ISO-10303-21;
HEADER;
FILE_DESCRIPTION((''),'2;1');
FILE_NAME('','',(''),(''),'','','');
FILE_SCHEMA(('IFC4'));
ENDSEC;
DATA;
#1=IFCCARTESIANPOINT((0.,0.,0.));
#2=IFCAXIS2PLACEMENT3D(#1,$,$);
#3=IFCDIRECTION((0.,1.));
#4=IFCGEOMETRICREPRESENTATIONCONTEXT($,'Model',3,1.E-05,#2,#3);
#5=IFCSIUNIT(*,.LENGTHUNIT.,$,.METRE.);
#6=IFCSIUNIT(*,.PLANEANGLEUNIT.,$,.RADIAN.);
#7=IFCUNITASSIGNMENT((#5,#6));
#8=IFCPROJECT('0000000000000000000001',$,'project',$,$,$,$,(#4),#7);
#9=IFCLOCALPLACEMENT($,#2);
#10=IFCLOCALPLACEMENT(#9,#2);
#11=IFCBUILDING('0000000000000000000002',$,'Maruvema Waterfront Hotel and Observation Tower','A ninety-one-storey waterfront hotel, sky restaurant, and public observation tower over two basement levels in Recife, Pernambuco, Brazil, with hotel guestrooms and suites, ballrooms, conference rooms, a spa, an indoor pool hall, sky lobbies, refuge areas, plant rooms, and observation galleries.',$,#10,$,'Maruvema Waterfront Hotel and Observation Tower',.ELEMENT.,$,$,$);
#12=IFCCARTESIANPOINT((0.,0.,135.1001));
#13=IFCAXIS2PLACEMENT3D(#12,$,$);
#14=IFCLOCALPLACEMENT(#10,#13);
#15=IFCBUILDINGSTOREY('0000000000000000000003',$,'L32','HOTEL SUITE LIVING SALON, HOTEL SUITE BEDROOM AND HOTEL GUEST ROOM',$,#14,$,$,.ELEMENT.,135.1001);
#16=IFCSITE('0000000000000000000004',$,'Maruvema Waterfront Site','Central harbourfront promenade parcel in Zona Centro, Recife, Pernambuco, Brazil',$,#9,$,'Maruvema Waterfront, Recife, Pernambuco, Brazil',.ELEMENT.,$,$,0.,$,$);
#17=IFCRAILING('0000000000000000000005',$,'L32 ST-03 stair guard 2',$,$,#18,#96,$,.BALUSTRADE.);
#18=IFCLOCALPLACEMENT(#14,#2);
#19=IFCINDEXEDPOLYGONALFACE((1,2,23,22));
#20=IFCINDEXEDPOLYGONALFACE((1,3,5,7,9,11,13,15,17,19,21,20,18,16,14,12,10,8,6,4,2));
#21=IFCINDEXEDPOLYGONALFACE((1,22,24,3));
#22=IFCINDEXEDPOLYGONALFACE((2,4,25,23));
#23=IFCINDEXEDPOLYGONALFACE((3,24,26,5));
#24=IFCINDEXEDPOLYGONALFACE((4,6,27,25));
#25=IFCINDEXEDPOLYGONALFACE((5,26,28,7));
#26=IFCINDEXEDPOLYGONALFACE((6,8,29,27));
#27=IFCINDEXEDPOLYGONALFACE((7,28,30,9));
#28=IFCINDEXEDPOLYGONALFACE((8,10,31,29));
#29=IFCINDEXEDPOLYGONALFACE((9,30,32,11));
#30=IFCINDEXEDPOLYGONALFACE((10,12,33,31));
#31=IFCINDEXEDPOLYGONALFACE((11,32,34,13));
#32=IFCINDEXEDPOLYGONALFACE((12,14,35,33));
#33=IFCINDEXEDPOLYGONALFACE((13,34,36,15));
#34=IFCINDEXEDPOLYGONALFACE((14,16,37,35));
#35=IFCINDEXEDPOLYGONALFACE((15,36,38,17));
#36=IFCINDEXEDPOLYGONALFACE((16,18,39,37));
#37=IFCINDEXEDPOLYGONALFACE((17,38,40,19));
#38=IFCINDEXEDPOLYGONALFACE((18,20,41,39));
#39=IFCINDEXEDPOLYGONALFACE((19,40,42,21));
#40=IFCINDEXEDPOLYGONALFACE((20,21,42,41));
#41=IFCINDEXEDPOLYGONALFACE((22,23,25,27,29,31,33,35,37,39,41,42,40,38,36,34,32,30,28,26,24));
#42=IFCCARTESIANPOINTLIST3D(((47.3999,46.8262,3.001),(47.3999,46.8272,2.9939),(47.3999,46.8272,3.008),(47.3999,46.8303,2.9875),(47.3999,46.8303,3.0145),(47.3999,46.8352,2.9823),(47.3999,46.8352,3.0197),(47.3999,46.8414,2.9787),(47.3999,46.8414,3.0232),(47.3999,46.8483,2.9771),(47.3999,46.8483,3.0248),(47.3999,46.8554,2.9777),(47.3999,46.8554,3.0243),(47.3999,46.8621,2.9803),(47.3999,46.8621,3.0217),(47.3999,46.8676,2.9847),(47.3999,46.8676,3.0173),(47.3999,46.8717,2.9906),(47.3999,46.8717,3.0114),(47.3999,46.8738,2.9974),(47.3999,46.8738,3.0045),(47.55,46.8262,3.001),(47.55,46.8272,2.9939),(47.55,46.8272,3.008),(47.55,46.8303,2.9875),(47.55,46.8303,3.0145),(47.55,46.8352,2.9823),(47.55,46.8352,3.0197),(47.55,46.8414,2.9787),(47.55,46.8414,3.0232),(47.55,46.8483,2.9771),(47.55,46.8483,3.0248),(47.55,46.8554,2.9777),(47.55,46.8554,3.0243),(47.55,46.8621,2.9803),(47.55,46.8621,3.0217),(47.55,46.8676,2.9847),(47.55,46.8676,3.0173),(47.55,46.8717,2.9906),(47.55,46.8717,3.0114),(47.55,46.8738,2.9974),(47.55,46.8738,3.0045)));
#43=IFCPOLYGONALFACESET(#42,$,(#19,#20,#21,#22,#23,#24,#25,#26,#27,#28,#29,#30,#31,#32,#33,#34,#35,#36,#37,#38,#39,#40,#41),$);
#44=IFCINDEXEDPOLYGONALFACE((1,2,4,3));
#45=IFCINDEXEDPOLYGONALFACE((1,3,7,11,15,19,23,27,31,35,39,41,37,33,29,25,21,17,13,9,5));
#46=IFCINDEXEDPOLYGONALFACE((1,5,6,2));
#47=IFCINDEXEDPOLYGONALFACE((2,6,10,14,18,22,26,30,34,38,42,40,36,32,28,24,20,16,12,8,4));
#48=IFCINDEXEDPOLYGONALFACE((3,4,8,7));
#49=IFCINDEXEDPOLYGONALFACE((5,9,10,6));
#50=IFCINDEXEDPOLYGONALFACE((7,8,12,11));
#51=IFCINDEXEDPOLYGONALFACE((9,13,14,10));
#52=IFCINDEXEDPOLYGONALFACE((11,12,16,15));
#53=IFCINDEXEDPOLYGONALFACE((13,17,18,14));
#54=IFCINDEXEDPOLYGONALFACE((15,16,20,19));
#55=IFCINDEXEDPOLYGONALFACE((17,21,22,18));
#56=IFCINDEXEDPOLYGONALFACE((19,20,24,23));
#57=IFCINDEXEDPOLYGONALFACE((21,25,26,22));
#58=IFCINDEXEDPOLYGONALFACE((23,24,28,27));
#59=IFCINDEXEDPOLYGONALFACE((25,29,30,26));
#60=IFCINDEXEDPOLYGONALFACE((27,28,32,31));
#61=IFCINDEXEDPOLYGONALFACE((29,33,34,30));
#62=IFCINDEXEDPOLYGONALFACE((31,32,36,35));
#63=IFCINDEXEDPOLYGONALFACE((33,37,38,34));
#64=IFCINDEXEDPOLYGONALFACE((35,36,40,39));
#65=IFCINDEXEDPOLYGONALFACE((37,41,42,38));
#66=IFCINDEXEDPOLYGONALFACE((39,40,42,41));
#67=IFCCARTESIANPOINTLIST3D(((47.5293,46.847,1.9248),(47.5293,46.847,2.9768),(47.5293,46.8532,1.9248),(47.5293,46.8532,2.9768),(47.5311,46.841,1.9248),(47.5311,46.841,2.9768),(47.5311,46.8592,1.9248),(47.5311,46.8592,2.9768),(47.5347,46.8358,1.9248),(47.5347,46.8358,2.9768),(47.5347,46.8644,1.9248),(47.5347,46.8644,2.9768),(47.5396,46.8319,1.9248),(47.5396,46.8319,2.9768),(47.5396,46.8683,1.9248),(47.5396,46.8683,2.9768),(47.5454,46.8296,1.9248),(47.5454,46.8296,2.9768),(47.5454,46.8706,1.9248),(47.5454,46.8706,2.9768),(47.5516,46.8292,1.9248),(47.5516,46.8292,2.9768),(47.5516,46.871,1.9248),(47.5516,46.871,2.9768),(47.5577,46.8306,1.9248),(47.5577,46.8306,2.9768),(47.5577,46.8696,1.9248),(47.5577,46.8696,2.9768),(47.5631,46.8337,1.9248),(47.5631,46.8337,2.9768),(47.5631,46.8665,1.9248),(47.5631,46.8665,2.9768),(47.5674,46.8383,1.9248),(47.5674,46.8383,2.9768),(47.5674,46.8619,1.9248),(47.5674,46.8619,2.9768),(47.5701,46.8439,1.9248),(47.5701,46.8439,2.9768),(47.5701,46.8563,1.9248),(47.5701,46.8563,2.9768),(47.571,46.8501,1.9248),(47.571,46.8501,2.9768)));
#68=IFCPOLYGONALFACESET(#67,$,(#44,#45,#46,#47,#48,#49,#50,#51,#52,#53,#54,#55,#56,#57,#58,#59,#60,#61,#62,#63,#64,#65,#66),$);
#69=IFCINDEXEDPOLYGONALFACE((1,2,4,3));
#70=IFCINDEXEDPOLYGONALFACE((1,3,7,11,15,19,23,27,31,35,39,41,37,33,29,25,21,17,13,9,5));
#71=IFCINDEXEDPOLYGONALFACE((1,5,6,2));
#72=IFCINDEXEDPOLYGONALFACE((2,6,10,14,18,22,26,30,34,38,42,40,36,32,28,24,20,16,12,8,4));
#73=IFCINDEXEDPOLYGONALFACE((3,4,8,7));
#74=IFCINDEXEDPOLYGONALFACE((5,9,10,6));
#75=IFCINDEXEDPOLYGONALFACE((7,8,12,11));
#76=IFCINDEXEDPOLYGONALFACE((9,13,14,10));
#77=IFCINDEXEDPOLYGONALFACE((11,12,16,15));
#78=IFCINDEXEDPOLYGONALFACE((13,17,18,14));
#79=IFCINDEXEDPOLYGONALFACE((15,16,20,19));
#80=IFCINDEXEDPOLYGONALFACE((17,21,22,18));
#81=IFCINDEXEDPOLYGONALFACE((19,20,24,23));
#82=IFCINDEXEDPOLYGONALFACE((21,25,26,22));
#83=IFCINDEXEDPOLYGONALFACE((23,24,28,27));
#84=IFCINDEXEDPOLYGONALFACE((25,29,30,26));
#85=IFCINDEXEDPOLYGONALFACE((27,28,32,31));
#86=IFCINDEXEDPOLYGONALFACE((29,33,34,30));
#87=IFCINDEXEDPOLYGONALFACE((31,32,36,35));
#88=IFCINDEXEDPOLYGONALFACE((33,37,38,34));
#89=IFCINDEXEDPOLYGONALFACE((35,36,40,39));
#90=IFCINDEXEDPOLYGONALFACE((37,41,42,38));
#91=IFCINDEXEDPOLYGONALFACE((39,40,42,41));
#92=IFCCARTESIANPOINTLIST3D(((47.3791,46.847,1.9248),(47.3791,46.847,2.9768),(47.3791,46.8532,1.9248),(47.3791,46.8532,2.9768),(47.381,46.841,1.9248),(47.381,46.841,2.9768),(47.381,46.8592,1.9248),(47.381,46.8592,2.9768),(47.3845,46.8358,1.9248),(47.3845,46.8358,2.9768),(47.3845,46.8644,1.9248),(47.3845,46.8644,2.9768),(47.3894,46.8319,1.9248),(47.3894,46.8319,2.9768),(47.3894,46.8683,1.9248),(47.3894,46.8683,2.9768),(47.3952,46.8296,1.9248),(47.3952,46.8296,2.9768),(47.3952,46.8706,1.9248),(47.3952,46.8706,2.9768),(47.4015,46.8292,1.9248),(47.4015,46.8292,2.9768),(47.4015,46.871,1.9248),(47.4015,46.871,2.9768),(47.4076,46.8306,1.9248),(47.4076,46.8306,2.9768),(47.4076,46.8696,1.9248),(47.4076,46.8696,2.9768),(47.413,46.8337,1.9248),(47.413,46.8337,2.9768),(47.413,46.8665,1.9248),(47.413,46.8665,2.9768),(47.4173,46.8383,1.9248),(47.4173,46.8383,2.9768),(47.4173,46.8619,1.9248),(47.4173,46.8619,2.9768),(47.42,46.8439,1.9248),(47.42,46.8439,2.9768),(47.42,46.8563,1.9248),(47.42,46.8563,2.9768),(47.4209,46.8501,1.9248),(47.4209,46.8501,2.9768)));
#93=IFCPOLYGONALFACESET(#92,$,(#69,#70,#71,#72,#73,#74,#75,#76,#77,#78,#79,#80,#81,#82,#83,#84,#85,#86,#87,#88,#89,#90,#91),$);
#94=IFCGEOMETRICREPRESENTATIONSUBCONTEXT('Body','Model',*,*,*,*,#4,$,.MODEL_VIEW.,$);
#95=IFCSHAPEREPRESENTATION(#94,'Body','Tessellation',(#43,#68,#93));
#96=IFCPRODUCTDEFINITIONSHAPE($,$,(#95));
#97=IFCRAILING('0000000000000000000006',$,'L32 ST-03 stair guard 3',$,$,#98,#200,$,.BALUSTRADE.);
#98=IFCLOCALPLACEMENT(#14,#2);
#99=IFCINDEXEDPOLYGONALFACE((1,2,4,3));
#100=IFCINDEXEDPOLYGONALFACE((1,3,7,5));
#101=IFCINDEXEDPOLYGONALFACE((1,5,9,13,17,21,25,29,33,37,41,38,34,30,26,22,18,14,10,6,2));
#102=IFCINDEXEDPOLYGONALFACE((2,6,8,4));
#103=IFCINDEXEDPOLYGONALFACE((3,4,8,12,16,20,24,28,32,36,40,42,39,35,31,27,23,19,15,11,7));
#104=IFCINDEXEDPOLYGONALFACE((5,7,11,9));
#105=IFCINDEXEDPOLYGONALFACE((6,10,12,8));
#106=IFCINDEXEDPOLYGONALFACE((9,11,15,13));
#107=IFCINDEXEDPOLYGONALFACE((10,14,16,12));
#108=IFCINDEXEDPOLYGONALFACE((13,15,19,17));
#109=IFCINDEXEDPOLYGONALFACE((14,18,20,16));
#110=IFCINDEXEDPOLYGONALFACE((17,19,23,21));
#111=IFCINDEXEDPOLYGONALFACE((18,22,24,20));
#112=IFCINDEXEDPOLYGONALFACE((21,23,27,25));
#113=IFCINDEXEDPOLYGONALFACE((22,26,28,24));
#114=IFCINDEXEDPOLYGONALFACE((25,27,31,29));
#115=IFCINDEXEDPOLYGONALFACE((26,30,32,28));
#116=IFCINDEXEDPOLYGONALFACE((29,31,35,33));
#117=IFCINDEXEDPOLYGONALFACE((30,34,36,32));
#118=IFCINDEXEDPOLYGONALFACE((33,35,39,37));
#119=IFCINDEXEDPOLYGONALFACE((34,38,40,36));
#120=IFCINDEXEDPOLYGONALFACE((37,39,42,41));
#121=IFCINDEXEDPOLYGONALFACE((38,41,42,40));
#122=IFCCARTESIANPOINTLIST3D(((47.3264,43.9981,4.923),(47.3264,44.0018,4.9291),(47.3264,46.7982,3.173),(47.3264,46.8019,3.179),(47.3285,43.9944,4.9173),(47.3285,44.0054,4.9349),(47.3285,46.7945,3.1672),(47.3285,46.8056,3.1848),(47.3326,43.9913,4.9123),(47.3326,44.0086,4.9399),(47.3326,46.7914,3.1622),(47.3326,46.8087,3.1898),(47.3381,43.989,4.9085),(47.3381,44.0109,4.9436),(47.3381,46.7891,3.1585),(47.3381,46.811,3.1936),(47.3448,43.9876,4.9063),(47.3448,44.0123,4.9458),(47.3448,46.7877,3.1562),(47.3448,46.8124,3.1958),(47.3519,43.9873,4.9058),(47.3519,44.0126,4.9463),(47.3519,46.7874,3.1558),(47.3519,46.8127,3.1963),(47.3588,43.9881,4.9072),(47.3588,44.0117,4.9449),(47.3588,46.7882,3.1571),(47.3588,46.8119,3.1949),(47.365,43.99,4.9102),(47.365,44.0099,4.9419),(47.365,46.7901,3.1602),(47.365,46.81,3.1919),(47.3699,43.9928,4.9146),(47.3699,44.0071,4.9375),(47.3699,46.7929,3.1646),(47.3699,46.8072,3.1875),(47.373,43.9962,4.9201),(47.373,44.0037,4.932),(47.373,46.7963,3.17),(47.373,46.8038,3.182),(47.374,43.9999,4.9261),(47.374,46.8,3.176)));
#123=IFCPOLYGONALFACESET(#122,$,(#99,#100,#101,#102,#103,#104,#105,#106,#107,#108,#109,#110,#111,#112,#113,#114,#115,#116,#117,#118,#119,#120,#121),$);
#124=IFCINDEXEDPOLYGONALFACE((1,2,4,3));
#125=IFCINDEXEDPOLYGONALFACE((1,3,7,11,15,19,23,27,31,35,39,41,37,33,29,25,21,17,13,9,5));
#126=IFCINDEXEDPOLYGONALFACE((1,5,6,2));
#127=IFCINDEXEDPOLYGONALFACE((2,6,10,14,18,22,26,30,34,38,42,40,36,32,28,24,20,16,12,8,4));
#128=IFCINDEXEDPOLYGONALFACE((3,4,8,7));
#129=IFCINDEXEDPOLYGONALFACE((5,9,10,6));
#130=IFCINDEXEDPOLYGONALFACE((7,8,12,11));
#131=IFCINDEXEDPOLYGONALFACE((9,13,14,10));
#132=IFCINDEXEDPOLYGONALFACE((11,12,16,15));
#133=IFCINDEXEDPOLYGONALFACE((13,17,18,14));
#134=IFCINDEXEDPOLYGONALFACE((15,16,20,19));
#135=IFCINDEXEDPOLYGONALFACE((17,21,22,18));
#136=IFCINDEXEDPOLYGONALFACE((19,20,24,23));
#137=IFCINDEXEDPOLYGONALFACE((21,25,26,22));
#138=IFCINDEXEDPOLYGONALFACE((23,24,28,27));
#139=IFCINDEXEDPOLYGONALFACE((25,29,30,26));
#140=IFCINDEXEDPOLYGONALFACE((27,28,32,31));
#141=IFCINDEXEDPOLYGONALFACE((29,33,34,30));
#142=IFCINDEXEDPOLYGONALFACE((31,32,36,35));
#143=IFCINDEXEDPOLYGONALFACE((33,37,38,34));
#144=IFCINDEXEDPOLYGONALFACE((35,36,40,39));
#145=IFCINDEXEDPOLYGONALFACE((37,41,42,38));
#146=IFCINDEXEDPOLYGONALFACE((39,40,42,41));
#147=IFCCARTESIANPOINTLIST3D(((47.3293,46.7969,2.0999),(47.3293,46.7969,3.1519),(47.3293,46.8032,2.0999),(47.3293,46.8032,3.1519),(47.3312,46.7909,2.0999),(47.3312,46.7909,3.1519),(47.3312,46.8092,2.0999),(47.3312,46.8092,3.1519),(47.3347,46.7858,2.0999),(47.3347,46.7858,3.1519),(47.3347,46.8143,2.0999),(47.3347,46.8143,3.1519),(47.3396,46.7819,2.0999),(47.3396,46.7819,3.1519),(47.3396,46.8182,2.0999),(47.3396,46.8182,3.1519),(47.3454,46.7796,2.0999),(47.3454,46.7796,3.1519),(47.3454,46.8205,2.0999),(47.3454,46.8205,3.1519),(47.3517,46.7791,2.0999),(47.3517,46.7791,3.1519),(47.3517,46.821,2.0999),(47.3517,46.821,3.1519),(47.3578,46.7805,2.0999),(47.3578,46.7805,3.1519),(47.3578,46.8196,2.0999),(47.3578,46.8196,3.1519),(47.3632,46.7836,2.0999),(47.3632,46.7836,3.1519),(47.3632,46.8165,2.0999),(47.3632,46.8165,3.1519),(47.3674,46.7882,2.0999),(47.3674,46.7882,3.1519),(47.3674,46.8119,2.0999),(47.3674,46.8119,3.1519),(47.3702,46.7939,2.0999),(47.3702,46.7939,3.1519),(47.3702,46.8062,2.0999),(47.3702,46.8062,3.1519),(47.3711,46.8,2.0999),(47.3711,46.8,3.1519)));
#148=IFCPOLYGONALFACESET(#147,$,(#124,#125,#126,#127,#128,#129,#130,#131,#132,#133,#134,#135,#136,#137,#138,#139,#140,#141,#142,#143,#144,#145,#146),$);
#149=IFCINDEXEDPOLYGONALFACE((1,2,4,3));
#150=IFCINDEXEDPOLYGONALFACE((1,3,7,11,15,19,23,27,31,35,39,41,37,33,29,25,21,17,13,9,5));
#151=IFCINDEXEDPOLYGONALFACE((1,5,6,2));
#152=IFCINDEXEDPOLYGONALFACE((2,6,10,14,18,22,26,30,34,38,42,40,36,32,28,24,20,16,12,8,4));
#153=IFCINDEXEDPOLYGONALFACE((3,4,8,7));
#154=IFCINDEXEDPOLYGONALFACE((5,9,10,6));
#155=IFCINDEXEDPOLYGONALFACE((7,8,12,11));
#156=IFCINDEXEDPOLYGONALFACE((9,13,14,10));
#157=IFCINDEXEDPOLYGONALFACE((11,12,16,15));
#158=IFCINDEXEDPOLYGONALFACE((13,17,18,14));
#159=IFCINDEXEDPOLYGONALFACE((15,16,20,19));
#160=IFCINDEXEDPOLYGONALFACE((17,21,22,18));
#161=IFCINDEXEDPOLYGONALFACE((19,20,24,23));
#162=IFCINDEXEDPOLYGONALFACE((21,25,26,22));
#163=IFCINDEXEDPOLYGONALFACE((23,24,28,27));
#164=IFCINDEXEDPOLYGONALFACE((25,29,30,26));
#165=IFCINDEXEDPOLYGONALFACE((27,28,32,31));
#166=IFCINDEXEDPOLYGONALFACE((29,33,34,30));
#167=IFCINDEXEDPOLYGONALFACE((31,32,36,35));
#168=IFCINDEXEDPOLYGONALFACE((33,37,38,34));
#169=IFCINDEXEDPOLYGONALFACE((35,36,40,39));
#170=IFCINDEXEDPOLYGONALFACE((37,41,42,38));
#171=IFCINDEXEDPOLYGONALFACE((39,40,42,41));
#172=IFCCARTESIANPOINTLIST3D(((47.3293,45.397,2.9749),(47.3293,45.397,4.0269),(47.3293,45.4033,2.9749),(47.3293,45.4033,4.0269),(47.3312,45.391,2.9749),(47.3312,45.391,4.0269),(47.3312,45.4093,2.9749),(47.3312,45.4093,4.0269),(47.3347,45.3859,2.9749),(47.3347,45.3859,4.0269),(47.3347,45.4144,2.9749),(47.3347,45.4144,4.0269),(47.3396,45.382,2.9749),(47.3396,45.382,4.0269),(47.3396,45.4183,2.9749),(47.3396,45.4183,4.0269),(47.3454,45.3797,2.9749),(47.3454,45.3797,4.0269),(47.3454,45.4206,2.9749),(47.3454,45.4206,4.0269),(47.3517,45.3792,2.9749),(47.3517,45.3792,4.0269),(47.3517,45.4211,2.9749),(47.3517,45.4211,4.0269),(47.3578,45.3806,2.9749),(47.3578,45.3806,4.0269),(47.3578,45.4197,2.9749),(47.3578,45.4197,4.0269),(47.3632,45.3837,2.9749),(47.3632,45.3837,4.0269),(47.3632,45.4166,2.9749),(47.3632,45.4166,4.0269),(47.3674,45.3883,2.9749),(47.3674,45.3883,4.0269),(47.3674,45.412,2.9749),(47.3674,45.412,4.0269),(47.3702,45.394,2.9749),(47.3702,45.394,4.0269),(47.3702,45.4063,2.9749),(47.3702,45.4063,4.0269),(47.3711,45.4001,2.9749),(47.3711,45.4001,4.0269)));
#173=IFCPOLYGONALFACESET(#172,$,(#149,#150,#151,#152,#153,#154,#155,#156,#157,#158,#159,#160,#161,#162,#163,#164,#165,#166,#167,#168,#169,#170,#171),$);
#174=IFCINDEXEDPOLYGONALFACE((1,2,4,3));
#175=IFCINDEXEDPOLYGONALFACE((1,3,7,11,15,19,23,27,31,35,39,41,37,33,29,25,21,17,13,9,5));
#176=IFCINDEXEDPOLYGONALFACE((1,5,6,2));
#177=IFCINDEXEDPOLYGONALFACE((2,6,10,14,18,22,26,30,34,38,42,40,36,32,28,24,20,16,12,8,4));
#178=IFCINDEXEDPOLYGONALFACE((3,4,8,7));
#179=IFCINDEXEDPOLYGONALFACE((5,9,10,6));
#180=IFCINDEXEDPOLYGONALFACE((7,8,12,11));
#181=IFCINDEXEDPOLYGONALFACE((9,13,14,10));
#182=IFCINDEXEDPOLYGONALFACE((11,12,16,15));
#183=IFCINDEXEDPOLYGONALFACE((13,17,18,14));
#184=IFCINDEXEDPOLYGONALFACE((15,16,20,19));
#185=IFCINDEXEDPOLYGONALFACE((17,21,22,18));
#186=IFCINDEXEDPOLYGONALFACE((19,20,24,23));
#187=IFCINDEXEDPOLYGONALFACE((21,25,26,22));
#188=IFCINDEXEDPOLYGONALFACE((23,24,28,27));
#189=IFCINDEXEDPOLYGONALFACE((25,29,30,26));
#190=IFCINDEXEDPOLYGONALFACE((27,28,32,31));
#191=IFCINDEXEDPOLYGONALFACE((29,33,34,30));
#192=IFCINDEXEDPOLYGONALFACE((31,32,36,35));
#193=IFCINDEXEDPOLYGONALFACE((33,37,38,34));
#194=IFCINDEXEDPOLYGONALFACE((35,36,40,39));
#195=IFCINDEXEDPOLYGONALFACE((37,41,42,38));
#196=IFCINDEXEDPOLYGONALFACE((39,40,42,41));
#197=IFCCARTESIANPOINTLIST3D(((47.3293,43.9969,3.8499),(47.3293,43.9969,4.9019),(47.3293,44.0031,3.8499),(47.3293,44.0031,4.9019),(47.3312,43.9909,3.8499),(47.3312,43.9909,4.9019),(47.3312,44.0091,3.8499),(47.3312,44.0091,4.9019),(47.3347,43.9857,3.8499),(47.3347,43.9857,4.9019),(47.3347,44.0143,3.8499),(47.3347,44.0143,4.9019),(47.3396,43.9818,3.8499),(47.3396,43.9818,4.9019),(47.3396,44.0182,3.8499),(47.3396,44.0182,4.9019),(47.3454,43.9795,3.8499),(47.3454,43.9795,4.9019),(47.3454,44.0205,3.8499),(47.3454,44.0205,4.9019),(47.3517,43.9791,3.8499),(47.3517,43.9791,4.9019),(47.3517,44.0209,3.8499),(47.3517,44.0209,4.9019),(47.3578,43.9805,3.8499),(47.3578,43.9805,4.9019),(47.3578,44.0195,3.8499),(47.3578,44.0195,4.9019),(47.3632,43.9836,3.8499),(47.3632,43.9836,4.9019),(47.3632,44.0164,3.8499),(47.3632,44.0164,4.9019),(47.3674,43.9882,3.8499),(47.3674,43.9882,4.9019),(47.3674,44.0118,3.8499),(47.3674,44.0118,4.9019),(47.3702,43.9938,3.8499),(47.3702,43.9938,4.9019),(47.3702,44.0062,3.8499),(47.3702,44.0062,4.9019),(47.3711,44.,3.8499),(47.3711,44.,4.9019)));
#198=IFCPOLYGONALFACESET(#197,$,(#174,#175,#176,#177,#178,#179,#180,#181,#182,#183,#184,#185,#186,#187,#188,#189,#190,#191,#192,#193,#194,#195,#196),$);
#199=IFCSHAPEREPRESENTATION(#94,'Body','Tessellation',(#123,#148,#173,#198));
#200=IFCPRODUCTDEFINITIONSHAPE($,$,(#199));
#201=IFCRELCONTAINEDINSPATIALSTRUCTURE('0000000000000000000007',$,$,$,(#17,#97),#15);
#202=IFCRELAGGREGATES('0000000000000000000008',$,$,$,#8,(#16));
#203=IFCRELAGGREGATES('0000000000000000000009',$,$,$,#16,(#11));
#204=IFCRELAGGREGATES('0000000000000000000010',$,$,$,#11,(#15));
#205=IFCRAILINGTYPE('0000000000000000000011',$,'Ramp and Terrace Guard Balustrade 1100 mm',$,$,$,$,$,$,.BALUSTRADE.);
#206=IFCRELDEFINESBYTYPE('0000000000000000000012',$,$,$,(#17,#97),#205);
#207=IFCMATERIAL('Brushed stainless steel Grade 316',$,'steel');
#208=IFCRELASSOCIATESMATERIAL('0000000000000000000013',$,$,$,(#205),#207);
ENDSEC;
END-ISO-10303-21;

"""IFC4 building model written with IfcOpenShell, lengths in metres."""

from ifc_helpers import new_model, si_unit, direction, frame, origin, origin_2d, place, context, subcontext, project, spatial, circle, extrude, material, type_object, element, save


model = new_model("IFC4")

# Units and contexts
model_context = context("Model", 3, precision=1e-05, world=origin(), true_north=direction((0.0, 1.0)))
body_context = subcontext(model_context, "Body", "Model", "MODEL_VIEW")
ifc_project = project(units=[si_unit("LENGTHUNIT", "METRE"), si_unit("PLANEANGLEUNIT", "RADIAN")], contexts=[model_context])

# Site, building, storey
site_placement = place(None, origin())
site = spatial("IfcSite", under=ifc_project, at=site_placement, Name="Maruvema Waterfront Site", Description="Central harbourfront promenade parcel in Zona Centro, Recife, Pernambuco, Brazil", LongName="Maruvema Waterfront, Recife, Pernambuco, Brazil", CompositionType="ELEMENT", RefElevation=0.0)
building_placement = place(site_placement, origin())
building = spatial("IfcBuilding", under=site, at=building_placement, Name="Maruvema Waterfront Hotel and Observation Tower", Description="A ninety-one-storey waterfront hotel, sky restaurant, and public observation tower over two basement levels in Recife, Pernambuco, Brazil, with hotel guestrooms and suites, ballrooms, conference rooms, a spa, an indoor pool hall, sky lobbies, refuge areas, plant rooms, and observation galleries.", LongName="Maruvema Waterfront Hotel and Observation Tower", CompositionType="ELEMENT")
storey_placement = place(building_placement, frame((0.0, 0.0, 135.1001)))
storey = spatial("IfcBuildingStorey", under=building, at=storey_placement, Name="L32", Description="HOTEL SUITE LIVING SALON, HOTEL SUITE BEDROOM AND HOTEL GUEST ROOM", CompositionType="ELEMENT", Elevation=135.1001)

# Railings
ifc_material_1 = material(Name="Brushed stainless steel Grade 316", Category="steel")
railing_type_1 = type_object("IfcRailingType", Name="Ramp and Terrace Guard Balustrade 1100 mm", PredefinedType="BALUSTRADE", material=ifc_material_1)
railing_1_placement = place(storey_placement, frame((47.55, 46.8501, 1.9248)))
element("IfcRailing", 1, at=railing_1_placement, inside=storey, type_object=railing_type_1, Name="L32 ST-03 stair guard 2", PredefinedType="BALUSTRADE", context=body_context, shape_type="SweptSolid", body=[
    extrude(circle(Radius=0.0239, at=origin_2d()), frame((0.0, 0.0, 1.0762), z_axis=(-1.0, 0.0, 0.0), x_axis=(0.0, -1.0, 0.0)), (0.0, 0.0, 1.0), 0.1501),
    extrude(circle(Radius=0.021, at=origin_2d()), origin(), (0.0, 0.0, 1.0), 1.052),
    extrude(circle(Radius=0.021, at=origin_2d()), frame((-0.1501, 0.0, 0.0)), (0.0, 0.0, 1.0), 1.052),
])
railing_2_placement = place(storey_placement, frame((47.3501, 46.8, 2.0999)))
element("IfcRailing", 2, at=railing_2_placement, inside=storey, type_object=railing_type_1, Name="L32 ST-03 stair guard 3", PredefinedType="BALUSTRADE", context=body_context, shape_type="SweptSolid", body=[
    extrude(circle(Radius=0.0239, at=origin_2d()), frame((0.0, 0.0, 1.0762), z_axis=(0.0, -0.848002, 0.529992), x_axis=(1.0, 0.0, 0.0)), (0.0, 0.0, 1.0), 3.302),
    extrude(circle(Radius=0.021, at=origin_2d()), origin(), (0.0, 0.0, 1.0), 1.052),
    extrude(circle(Radius=0.021, at=origin_2d()), frame((0.0, -1.3999, 0.875)), (0.0, 0.0, 1.0), 1.052),
    extrude(circle(Radius=0.021, at=origin_2d()), frame((0.0, -2.8, 1.75)), (0.0, 0.0, 1.0), 1.052),
])

save(model, "model.ifc")
